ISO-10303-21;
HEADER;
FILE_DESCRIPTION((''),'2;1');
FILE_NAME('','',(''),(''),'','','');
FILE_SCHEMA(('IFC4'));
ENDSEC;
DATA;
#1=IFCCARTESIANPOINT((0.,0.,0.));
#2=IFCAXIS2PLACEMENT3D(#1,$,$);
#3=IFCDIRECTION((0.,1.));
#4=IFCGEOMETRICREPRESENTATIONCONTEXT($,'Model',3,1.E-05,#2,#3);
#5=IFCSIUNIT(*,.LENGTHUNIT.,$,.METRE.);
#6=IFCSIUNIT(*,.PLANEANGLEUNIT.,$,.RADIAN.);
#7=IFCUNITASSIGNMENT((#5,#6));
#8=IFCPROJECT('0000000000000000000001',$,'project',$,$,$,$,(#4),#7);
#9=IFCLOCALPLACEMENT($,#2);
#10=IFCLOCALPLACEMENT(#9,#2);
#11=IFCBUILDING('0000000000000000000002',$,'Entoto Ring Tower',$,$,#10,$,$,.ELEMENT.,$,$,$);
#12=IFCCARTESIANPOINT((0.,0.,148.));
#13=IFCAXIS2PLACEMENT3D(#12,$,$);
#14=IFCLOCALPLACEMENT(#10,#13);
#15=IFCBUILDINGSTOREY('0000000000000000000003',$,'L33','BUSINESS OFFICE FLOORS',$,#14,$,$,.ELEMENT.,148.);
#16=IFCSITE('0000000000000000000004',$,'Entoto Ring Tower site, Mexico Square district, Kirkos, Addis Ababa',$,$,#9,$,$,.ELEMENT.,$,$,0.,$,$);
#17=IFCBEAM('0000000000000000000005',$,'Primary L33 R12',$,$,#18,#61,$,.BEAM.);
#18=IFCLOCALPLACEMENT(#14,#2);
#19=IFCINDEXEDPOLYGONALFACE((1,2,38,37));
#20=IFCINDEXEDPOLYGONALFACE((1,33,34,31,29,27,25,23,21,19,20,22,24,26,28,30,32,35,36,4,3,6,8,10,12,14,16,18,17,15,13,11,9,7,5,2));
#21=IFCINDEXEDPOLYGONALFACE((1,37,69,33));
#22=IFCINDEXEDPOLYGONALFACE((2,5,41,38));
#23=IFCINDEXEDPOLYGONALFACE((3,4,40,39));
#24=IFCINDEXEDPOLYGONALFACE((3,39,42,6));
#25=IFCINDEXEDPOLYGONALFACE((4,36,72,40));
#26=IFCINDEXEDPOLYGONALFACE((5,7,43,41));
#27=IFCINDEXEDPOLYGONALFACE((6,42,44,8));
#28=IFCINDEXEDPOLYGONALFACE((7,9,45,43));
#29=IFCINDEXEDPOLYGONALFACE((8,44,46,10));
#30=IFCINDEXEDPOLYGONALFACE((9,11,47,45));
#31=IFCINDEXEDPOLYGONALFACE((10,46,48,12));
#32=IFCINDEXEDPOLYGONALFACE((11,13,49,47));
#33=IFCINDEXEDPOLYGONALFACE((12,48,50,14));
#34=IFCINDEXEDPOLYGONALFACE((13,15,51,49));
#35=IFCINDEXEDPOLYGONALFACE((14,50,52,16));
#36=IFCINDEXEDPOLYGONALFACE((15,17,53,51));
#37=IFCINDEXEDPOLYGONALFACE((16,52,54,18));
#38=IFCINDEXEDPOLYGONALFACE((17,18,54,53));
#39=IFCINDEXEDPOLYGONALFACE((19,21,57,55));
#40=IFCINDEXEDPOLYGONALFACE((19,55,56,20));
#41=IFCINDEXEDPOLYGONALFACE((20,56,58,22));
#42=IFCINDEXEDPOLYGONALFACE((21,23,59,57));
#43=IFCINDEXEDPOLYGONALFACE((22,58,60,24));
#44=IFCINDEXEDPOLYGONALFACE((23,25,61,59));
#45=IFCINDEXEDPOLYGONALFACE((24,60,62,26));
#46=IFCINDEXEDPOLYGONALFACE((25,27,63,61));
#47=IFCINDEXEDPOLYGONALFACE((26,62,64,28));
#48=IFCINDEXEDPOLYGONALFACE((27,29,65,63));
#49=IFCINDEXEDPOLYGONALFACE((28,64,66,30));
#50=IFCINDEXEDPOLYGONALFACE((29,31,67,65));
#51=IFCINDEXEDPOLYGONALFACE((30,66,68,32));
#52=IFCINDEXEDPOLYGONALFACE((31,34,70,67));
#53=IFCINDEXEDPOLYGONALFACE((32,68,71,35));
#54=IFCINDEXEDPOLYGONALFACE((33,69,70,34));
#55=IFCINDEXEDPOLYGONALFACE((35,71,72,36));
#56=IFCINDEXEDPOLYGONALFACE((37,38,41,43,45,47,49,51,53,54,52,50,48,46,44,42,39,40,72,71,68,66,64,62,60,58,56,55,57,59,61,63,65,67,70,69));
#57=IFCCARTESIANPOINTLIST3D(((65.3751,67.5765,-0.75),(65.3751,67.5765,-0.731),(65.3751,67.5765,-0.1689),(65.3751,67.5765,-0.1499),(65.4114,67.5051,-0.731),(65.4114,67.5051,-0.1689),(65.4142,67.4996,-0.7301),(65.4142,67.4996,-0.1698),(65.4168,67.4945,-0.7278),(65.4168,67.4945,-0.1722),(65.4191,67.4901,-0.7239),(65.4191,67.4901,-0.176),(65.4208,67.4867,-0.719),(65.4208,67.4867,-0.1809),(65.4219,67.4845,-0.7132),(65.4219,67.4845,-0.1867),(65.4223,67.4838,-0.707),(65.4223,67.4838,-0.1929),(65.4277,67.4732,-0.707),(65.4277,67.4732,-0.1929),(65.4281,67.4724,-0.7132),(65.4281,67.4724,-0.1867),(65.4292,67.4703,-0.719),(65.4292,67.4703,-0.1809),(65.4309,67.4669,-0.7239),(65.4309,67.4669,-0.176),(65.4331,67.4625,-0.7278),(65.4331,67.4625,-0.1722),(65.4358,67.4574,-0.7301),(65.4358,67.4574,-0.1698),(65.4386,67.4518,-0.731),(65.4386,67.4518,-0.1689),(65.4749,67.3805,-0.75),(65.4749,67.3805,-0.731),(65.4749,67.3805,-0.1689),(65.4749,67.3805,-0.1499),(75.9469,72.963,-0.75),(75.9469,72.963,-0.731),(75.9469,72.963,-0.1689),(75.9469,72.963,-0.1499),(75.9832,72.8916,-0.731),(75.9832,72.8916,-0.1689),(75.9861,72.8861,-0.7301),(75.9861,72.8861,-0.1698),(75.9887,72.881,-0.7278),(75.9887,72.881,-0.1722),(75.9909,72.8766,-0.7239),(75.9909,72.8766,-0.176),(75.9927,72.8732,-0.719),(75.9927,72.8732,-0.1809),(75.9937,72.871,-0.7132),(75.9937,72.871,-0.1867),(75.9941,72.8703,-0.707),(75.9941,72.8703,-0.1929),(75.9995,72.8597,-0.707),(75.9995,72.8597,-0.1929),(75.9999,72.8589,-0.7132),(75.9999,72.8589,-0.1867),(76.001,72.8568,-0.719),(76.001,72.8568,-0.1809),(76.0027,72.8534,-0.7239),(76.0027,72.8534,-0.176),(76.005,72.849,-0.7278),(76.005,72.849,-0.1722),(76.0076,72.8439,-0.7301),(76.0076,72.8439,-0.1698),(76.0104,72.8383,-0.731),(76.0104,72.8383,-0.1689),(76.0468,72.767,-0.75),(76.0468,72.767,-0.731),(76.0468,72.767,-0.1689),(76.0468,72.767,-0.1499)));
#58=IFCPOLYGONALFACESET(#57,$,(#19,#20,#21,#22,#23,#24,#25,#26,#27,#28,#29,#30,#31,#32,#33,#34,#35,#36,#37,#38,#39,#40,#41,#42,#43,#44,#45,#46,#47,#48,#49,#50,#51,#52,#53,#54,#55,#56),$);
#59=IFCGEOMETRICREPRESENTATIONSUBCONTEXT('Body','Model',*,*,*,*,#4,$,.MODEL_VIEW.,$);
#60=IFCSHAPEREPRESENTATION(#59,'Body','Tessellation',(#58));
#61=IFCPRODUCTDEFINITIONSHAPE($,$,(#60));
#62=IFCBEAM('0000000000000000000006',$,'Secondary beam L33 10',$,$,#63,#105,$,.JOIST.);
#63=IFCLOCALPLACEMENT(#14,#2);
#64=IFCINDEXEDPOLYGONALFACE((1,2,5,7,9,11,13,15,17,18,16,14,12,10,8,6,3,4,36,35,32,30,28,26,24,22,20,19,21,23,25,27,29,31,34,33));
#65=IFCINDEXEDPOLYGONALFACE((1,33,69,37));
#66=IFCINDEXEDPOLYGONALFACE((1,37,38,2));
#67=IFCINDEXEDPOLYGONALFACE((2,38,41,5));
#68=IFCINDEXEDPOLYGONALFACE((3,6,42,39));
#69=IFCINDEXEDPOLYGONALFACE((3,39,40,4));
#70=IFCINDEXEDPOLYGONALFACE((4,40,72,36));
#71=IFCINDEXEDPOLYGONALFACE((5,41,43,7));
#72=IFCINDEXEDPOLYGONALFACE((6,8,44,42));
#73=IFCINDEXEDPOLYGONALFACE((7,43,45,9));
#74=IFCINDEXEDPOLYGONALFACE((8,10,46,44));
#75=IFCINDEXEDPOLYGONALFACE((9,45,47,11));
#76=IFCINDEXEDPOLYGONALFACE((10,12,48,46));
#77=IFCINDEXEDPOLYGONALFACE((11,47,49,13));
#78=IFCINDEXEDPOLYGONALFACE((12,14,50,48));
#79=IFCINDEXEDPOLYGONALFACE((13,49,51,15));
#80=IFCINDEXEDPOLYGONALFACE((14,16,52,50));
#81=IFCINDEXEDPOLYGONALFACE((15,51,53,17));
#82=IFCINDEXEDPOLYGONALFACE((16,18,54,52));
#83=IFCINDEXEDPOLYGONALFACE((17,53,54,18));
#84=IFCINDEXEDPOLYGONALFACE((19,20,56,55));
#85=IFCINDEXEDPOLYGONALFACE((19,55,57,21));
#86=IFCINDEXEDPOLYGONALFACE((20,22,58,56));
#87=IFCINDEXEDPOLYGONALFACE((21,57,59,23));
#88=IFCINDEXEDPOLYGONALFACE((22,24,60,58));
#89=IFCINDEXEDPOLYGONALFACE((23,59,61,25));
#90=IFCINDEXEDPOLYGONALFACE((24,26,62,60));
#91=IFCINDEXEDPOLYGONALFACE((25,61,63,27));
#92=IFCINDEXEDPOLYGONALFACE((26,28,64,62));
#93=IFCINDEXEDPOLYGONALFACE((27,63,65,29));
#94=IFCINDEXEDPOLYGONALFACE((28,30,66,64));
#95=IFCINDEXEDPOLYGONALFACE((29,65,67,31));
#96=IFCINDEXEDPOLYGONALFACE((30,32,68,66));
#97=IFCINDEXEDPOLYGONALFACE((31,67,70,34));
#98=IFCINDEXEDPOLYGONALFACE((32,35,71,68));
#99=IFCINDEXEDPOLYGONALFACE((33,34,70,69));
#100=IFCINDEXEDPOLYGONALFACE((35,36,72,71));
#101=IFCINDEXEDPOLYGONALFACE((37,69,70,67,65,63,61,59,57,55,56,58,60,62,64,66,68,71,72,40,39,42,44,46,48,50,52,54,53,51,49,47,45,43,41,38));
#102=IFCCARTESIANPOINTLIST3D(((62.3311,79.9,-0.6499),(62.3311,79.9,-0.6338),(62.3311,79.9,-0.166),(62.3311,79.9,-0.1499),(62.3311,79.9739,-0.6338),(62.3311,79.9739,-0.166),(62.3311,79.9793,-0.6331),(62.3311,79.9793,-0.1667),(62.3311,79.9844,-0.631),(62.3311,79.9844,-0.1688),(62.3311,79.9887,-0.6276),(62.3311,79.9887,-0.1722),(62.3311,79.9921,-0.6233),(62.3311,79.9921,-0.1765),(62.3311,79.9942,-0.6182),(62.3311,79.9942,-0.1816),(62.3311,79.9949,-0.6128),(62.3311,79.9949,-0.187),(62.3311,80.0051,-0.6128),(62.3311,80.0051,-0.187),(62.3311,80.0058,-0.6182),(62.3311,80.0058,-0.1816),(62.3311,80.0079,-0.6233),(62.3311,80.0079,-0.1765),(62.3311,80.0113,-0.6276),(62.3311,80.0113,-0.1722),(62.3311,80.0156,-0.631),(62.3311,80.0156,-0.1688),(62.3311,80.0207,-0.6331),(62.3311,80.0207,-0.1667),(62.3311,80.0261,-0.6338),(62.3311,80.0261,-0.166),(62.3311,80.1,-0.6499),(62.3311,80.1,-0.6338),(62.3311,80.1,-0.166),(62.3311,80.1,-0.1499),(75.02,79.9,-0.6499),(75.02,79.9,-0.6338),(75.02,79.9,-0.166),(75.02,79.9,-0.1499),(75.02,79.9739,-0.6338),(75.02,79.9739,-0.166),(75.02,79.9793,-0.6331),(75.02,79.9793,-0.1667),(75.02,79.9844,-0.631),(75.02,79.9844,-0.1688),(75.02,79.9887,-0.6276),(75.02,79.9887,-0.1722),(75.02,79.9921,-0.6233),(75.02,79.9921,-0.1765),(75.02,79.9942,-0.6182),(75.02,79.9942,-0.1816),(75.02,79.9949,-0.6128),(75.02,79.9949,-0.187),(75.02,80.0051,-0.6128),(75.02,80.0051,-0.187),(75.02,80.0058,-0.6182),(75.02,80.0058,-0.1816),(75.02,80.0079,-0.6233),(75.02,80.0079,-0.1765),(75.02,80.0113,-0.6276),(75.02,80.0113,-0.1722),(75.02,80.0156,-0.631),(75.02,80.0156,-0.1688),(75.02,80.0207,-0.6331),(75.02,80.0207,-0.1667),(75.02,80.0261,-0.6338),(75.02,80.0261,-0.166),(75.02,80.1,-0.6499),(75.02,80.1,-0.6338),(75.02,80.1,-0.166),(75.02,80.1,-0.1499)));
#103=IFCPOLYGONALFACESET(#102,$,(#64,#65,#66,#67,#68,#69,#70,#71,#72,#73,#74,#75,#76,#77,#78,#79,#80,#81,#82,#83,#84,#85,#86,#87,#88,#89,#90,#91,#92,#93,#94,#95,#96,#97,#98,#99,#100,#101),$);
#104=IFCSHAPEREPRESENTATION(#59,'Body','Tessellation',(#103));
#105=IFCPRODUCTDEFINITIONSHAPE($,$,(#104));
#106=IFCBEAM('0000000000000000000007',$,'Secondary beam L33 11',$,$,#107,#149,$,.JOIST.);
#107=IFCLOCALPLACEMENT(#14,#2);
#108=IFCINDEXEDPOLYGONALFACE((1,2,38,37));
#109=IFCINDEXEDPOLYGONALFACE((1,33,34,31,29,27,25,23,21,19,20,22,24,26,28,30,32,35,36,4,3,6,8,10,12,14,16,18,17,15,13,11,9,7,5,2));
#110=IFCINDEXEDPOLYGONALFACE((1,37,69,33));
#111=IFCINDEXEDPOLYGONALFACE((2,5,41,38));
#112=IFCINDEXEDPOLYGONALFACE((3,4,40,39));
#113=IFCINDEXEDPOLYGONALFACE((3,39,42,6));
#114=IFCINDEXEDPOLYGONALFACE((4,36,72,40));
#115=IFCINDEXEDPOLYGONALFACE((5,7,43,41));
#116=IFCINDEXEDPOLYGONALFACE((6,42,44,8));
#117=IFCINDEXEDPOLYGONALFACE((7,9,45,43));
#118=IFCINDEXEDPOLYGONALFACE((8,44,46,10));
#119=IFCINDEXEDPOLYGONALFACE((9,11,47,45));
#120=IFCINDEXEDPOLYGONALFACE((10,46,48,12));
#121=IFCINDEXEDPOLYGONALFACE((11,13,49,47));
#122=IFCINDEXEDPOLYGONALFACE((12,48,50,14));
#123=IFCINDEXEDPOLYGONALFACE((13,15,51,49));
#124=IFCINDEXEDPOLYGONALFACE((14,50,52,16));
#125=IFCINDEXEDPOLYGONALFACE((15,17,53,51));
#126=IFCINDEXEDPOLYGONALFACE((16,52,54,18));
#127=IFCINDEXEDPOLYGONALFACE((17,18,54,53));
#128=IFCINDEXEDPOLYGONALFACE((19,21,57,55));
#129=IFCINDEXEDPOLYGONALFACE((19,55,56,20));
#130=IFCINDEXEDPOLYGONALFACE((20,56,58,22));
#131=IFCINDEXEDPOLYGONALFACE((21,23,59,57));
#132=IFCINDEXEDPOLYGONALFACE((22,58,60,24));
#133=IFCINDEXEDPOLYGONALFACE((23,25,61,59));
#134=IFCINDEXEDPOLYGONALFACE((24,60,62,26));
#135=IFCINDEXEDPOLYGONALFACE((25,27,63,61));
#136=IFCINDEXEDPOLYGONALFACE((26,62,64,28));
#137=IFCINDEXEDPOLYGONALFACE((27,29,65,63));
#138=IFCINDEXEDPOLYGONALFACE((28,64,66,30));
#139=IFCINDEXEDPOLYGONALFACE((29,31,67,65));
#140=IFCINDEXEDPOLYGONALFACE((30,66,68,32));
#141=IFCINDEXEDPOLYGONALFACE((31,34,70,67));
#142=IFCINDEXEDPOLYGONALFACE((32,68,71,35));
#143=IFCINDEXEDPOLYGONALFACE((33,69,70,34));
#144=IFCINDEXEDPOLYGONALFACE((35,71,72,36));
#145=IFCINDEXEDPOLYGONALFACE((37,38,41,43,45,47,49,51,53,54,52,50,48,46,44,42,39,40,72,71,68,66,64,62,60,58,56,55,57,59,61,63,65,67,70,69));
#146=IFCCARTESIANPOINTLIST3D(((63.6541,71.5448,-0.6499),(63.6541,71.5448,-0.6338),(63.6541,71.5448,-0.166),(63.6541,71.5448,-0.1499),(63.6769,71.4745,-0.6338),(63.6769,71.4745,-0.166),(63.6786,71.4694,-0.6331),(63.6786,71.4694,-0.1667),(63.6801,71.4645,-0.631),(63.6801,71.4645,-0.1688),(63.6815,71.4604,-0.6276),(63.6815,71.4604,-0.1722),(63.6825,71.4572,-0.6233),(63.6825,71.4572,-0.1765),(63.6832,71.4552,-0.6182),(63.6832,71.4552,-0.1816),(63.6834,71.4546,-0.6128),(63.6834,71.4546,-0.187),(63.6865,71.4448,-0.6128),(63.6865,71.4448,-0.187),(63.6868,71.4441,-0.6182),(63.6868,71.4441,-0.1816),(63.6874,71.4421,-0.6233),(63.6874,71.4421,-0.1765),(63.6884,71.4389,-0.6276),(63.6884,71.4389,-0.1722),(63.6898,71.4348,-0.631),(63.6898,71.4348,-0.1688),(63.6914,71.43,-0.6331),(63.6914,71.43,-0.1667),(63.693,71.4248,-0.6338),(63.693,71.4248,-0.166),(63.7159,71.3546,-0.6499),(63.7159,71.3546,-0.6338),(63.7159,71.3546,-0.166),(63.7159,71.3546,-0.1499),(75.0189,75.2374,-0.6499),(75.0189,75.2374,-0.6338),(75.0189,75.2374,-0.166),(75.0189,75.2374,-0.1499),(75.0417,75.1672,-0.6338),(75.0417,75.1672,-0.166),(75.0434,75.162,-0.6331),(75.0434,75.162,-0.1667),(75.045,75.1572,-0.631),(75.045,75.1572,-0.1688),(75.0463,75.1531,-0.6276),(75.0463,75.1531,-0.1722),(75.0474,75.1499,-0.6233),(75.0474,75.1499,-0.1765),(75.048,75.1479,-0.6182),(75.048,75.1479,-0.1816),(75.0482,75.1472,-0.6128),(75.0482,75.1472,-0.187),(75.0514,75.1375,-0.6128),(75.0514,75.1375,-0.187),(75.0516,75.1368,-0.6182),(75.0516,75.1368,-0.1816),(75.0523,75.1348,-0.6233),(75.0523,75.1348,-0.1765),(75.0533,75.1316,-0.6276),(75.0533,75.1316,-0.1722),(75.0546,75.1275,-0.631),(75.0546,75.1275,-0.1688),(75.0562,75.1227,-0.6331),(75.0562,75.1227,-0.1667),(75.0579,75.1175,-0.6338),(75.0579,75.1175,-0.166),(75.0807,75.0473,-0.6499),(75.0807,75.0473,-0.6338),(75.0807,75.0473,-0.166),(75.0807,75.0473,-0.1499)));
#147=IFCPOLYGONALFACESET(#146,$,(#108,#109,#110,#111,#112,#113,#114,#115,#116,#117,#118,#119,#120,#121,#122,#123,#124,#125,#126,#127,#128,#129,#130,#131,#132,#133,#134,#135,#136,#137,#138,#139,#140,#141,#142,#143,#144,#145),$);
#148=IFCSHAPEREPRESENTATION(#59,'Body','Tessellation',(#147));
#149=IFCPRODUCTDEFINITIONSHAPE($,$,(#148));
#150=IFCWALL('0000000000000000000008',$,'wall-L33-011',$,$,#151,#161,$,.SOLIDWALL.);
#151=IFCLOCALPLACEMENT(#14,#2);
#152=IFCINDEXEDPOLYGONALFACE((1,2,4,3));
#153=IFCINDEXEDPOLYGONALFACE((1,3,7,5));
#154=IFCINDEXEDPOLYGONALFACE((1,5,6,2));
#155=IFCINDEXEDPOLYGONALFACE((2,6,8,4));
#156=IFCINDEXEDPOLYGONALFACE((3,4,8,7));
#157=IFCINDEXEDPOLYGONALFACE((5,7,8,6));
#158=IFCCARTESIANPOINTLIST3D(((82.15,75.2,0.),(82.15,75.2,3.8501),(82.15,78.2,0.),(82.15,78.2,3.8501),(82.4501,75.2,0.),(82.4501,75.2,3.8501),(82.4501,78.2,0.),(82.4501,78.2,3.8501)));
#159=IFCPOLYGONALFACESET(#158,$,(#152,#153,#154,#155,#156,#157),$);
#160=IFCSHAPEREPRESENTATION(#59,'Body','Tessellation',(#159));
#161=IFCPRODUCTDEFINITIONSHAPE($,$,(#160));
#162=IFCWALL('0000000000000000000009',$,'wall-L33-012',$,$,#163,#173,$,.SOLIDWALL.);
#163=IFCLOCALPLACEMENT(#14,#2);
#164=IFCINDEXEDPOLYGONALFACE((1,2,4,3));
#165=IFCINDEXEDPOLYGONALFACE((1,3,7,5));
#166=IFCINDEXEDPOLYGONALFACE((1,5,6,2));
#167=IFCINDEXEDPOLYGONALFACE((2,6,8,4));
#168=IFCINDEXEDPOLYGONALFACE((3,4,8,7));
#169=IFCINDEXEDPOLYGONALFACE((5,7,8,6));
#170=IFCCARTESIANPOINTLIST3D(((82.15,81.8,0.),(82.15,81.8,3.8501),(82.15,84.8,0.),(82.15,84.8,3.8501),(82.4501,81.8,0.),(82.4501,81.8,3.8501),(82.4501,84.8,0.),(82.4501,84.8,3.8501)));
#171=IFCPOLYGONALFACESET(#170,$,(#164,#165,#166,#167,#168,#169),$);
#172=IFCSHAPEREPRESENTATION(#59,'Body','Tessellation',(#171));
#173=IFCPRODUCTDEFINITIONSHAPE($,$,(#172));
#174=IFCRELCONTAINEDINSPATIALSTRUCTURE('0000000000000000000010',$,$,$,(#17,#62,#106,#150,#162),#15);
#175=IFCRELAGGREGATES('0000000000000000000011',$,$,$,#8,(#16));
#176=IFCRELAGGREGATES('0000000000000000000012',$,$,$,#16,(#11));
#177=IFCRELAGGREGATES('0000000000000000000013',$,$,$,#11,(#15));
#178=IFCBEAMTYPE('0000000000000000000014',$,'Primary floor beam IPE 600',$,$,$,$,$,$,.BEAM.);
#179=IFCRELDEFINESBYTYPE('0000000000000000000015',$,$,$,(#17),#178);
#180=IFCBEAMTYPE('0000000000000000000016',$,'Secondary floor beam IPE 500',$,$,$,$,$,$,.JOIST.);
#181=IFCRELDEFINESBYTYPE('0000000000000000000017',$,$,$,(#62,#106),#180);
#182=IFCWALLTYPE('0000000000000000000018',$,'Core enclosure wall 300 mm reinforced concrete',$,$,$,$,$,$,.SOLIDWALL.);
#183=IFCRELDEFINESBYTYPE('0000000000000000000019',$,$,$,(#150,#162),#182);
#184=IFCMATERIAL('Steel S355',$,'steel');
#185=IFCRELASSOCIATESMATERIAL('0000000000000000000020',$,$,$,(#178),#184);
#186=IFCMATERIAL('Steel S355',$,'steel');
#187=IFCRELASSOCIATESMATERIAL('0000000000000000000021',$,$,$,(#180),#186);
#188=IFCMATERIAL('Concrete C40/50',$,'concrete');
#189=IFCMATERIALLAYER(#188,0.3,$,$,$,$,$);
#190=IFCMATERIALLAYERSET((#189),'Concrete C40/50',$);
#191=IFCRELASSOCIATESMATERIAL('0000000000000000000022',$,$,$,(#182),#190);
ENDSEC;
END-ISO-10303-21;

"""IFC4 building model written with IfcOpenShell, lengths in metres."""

from ifc_helpers import new_model, si_unit, direction, frame, frame_2d, origin, origin_2d, place, context, subcontext, project, spatial, rectangle, i_section, extrude, material, layer, layer_set, material_profile, profile_set, type_object, element, save


model = new_model("IFC4")

# Units and contexts
model_context = context("Model", 3, precision=1e-05, world=origin(), true_north=direction((0.0, 1.0)))
body_context = subcontext(model_context, "Body", "Model", "MODEL_VIEW")
ifc_project = project(units=[si_unit("LENGTHUNIT", "METRE"), si_unit("PLANEANGLEUNIT", "RADIAN")], contexts=[model_context])

# Site, building, storey
site_placement = place(None, origin())
site = spatial("IfcSite", under=ifc_project, at=site_placement, Name="Entoto Ring Tower site, Mexico Square district, Kirkos, Addis Ababa", CompositionType="ELEMENT", RefElevation=0.0)
building_placement = place(site_placement, origin())
building = spatial("IfcBuilding", under=site, at=building_placement, Name="Entoto Ring Tower", CompositionType="ELEMENT")
storey_placement = place(building_placement, frame((0.0, 0.0, 148.0)))
storey = spatial("IfcBuildingStorey", under=building, at=storey_placement, Name="L33", Description="BUSINESS OFFICE FLOORS", CompositionType="ELEMENT", Elevation=148.0)

# Beams
ifc_material_1 = material(Name="Steel S355", Category="steel")
ifc_material_profile_1 = material_profile(ifc_material_1, i_section(OverallWidth=0.22, OverallDepth=0.6001, WebThickness=0.012, FlangeThickness=0.019, FilletRadius=0.0239, at=origin_2d()), Name="IPE 600")
ifc_profile_set_1 = profile_set([ifc_material_profile_1], Name="Steel S355")
beam_type_1 = type_object("IfcBeamType", Name="Primary floor beam IPE 600", PredefinedType="BEAM", material=ifc_profile_set_1)
beam_1_placement = place(storey_placement, frame((75.9968, 72.865, -0.45), z_axis=(-0.89101, -0.453983, 0.0), x_axis=(0.453983, -0.89101, 0.0)))
element("IfcBeam", 1, at=beam_1_placement, inside=storey, type_object=beam_type_1, Name="Primary L33 R12", PredefinedType="BEAM", context=body_context, shape_type="SweptSolid", body=[
    extrude(i_section(OverallWidth=0.22, OverallDepth=0.6001, WebThickness=0.012, FlangeThickness=0.019, FilletRadius=0.0239, at=origin_2d()), origin(), (0.0, 0.0, 1.0), 11.865),
])
ifc_material_2 = material(Name="Steel S355", Category="steel")
ifc_material_profile_2 = material_profile(ifc_material_2, i_section(OverallWidth=0.2, OverallDepth=0.5, WebThickness=0.0103, FlangeThickness=0.0161, FilletRadius=0.021, at=origin_2d()), Name="IPE 500")
ifc_profile_set_2 = profile_set([ifc_material_profile_2], Name="Steel S355")
beam_type_2 = type_object("IfcBeamType", Name="Secondary floor beam IPE 500", PredefinedType="JOIST", material=ifc_profile_set_2)
beam_2_placement = place(storey_placement, frame((75.02, 80.0, -0.3999), z_axis=(-1.0, 0.0, 0.0), x_axis=(0.0, -1.0, 0.0)))
element("IfcBeam", 2, at=beam_2_placement, inside=storey, type_object=beam_type_2, Name="Secondary beam L33 10", PredefinedType="JOIST", context=body_context, shape_type="SweptSolid", body=[
    extrude(i_section(OverallWidth=0.2, OverallDepth=0.5, WebThickness=0.0103, FlangeThickness=0.0161, FilletRadius=0.021, at=origin_2d()), origin(), (0.0, 0.0, 1.0), 12.689),
])
beam_3_placement = place(storey_placement, frame((75.0498, 75.1423, -0.3999), z_axis=(-0.951057, -0.309017, 0.0), x_axis=(0.309017, -0.951057, 0.0)))
element("IfcBeam", 3, at=beam_3_placement, inside=storey, type_object=beam_type_2, Name="Secondary beam L33 11", PredefinedType="JOIST", context=body_context, shape_type="SweptSolid", body=[
    extrude(i_section(OverallWidth=0.2, OverallDepth=0.5, WebThickness=0.0103, FlangeThickness=0.0161, FilletRadius=0.021, at=origin_2d()), origin(), (0.0, 0.0, 1.0), 11.9497),
])

# Walls
ifc_material_3 = material(Name="Concrete C40/50", Category="concrete")
ifc_layer_1 = layer(ifc_material_3, 0.3)
ifc_layer_set_1 = layer_set([ifc_layer_1], Name="Concrete C40/50")
wall_type_1 = type_object("IfcWallType", Name="Core enclosure wall 300 mm reinforced concrete", PredefinedType="SOLIDWALL", material=ifc_layer_set_1)
for number, where, z_axis, x_axis, name in (
    (4, (82.3, 75.2, 0.0), (0.0, 0.0, 1.0), (0.0, 1.0, 0.0), "wall-L33-011"),
    (5, (82.3, 81.8, 0.0), (0.0, 0.0, 1.0), (0.0, 1.0, 0.0), "wall-L33-012"),
):
    element("IfcWall", number, at=place(storey_placement, frame(where, z_axis=z_axis, x_axis=x_axis)), inside=storey, type_object=wall_type_1, Name=name, PredefinedType="SOLIDWALL", context=body_context, shape_type="SweptSolid", body=[
        extrude(rectangle(XDim=3.0, YDim=0.3, at=frame_2d((1.5, 0.0))), origin(), (0.0, 0.0, 1.0), 3.8501),
    ])

save(model, "model.ifc")
